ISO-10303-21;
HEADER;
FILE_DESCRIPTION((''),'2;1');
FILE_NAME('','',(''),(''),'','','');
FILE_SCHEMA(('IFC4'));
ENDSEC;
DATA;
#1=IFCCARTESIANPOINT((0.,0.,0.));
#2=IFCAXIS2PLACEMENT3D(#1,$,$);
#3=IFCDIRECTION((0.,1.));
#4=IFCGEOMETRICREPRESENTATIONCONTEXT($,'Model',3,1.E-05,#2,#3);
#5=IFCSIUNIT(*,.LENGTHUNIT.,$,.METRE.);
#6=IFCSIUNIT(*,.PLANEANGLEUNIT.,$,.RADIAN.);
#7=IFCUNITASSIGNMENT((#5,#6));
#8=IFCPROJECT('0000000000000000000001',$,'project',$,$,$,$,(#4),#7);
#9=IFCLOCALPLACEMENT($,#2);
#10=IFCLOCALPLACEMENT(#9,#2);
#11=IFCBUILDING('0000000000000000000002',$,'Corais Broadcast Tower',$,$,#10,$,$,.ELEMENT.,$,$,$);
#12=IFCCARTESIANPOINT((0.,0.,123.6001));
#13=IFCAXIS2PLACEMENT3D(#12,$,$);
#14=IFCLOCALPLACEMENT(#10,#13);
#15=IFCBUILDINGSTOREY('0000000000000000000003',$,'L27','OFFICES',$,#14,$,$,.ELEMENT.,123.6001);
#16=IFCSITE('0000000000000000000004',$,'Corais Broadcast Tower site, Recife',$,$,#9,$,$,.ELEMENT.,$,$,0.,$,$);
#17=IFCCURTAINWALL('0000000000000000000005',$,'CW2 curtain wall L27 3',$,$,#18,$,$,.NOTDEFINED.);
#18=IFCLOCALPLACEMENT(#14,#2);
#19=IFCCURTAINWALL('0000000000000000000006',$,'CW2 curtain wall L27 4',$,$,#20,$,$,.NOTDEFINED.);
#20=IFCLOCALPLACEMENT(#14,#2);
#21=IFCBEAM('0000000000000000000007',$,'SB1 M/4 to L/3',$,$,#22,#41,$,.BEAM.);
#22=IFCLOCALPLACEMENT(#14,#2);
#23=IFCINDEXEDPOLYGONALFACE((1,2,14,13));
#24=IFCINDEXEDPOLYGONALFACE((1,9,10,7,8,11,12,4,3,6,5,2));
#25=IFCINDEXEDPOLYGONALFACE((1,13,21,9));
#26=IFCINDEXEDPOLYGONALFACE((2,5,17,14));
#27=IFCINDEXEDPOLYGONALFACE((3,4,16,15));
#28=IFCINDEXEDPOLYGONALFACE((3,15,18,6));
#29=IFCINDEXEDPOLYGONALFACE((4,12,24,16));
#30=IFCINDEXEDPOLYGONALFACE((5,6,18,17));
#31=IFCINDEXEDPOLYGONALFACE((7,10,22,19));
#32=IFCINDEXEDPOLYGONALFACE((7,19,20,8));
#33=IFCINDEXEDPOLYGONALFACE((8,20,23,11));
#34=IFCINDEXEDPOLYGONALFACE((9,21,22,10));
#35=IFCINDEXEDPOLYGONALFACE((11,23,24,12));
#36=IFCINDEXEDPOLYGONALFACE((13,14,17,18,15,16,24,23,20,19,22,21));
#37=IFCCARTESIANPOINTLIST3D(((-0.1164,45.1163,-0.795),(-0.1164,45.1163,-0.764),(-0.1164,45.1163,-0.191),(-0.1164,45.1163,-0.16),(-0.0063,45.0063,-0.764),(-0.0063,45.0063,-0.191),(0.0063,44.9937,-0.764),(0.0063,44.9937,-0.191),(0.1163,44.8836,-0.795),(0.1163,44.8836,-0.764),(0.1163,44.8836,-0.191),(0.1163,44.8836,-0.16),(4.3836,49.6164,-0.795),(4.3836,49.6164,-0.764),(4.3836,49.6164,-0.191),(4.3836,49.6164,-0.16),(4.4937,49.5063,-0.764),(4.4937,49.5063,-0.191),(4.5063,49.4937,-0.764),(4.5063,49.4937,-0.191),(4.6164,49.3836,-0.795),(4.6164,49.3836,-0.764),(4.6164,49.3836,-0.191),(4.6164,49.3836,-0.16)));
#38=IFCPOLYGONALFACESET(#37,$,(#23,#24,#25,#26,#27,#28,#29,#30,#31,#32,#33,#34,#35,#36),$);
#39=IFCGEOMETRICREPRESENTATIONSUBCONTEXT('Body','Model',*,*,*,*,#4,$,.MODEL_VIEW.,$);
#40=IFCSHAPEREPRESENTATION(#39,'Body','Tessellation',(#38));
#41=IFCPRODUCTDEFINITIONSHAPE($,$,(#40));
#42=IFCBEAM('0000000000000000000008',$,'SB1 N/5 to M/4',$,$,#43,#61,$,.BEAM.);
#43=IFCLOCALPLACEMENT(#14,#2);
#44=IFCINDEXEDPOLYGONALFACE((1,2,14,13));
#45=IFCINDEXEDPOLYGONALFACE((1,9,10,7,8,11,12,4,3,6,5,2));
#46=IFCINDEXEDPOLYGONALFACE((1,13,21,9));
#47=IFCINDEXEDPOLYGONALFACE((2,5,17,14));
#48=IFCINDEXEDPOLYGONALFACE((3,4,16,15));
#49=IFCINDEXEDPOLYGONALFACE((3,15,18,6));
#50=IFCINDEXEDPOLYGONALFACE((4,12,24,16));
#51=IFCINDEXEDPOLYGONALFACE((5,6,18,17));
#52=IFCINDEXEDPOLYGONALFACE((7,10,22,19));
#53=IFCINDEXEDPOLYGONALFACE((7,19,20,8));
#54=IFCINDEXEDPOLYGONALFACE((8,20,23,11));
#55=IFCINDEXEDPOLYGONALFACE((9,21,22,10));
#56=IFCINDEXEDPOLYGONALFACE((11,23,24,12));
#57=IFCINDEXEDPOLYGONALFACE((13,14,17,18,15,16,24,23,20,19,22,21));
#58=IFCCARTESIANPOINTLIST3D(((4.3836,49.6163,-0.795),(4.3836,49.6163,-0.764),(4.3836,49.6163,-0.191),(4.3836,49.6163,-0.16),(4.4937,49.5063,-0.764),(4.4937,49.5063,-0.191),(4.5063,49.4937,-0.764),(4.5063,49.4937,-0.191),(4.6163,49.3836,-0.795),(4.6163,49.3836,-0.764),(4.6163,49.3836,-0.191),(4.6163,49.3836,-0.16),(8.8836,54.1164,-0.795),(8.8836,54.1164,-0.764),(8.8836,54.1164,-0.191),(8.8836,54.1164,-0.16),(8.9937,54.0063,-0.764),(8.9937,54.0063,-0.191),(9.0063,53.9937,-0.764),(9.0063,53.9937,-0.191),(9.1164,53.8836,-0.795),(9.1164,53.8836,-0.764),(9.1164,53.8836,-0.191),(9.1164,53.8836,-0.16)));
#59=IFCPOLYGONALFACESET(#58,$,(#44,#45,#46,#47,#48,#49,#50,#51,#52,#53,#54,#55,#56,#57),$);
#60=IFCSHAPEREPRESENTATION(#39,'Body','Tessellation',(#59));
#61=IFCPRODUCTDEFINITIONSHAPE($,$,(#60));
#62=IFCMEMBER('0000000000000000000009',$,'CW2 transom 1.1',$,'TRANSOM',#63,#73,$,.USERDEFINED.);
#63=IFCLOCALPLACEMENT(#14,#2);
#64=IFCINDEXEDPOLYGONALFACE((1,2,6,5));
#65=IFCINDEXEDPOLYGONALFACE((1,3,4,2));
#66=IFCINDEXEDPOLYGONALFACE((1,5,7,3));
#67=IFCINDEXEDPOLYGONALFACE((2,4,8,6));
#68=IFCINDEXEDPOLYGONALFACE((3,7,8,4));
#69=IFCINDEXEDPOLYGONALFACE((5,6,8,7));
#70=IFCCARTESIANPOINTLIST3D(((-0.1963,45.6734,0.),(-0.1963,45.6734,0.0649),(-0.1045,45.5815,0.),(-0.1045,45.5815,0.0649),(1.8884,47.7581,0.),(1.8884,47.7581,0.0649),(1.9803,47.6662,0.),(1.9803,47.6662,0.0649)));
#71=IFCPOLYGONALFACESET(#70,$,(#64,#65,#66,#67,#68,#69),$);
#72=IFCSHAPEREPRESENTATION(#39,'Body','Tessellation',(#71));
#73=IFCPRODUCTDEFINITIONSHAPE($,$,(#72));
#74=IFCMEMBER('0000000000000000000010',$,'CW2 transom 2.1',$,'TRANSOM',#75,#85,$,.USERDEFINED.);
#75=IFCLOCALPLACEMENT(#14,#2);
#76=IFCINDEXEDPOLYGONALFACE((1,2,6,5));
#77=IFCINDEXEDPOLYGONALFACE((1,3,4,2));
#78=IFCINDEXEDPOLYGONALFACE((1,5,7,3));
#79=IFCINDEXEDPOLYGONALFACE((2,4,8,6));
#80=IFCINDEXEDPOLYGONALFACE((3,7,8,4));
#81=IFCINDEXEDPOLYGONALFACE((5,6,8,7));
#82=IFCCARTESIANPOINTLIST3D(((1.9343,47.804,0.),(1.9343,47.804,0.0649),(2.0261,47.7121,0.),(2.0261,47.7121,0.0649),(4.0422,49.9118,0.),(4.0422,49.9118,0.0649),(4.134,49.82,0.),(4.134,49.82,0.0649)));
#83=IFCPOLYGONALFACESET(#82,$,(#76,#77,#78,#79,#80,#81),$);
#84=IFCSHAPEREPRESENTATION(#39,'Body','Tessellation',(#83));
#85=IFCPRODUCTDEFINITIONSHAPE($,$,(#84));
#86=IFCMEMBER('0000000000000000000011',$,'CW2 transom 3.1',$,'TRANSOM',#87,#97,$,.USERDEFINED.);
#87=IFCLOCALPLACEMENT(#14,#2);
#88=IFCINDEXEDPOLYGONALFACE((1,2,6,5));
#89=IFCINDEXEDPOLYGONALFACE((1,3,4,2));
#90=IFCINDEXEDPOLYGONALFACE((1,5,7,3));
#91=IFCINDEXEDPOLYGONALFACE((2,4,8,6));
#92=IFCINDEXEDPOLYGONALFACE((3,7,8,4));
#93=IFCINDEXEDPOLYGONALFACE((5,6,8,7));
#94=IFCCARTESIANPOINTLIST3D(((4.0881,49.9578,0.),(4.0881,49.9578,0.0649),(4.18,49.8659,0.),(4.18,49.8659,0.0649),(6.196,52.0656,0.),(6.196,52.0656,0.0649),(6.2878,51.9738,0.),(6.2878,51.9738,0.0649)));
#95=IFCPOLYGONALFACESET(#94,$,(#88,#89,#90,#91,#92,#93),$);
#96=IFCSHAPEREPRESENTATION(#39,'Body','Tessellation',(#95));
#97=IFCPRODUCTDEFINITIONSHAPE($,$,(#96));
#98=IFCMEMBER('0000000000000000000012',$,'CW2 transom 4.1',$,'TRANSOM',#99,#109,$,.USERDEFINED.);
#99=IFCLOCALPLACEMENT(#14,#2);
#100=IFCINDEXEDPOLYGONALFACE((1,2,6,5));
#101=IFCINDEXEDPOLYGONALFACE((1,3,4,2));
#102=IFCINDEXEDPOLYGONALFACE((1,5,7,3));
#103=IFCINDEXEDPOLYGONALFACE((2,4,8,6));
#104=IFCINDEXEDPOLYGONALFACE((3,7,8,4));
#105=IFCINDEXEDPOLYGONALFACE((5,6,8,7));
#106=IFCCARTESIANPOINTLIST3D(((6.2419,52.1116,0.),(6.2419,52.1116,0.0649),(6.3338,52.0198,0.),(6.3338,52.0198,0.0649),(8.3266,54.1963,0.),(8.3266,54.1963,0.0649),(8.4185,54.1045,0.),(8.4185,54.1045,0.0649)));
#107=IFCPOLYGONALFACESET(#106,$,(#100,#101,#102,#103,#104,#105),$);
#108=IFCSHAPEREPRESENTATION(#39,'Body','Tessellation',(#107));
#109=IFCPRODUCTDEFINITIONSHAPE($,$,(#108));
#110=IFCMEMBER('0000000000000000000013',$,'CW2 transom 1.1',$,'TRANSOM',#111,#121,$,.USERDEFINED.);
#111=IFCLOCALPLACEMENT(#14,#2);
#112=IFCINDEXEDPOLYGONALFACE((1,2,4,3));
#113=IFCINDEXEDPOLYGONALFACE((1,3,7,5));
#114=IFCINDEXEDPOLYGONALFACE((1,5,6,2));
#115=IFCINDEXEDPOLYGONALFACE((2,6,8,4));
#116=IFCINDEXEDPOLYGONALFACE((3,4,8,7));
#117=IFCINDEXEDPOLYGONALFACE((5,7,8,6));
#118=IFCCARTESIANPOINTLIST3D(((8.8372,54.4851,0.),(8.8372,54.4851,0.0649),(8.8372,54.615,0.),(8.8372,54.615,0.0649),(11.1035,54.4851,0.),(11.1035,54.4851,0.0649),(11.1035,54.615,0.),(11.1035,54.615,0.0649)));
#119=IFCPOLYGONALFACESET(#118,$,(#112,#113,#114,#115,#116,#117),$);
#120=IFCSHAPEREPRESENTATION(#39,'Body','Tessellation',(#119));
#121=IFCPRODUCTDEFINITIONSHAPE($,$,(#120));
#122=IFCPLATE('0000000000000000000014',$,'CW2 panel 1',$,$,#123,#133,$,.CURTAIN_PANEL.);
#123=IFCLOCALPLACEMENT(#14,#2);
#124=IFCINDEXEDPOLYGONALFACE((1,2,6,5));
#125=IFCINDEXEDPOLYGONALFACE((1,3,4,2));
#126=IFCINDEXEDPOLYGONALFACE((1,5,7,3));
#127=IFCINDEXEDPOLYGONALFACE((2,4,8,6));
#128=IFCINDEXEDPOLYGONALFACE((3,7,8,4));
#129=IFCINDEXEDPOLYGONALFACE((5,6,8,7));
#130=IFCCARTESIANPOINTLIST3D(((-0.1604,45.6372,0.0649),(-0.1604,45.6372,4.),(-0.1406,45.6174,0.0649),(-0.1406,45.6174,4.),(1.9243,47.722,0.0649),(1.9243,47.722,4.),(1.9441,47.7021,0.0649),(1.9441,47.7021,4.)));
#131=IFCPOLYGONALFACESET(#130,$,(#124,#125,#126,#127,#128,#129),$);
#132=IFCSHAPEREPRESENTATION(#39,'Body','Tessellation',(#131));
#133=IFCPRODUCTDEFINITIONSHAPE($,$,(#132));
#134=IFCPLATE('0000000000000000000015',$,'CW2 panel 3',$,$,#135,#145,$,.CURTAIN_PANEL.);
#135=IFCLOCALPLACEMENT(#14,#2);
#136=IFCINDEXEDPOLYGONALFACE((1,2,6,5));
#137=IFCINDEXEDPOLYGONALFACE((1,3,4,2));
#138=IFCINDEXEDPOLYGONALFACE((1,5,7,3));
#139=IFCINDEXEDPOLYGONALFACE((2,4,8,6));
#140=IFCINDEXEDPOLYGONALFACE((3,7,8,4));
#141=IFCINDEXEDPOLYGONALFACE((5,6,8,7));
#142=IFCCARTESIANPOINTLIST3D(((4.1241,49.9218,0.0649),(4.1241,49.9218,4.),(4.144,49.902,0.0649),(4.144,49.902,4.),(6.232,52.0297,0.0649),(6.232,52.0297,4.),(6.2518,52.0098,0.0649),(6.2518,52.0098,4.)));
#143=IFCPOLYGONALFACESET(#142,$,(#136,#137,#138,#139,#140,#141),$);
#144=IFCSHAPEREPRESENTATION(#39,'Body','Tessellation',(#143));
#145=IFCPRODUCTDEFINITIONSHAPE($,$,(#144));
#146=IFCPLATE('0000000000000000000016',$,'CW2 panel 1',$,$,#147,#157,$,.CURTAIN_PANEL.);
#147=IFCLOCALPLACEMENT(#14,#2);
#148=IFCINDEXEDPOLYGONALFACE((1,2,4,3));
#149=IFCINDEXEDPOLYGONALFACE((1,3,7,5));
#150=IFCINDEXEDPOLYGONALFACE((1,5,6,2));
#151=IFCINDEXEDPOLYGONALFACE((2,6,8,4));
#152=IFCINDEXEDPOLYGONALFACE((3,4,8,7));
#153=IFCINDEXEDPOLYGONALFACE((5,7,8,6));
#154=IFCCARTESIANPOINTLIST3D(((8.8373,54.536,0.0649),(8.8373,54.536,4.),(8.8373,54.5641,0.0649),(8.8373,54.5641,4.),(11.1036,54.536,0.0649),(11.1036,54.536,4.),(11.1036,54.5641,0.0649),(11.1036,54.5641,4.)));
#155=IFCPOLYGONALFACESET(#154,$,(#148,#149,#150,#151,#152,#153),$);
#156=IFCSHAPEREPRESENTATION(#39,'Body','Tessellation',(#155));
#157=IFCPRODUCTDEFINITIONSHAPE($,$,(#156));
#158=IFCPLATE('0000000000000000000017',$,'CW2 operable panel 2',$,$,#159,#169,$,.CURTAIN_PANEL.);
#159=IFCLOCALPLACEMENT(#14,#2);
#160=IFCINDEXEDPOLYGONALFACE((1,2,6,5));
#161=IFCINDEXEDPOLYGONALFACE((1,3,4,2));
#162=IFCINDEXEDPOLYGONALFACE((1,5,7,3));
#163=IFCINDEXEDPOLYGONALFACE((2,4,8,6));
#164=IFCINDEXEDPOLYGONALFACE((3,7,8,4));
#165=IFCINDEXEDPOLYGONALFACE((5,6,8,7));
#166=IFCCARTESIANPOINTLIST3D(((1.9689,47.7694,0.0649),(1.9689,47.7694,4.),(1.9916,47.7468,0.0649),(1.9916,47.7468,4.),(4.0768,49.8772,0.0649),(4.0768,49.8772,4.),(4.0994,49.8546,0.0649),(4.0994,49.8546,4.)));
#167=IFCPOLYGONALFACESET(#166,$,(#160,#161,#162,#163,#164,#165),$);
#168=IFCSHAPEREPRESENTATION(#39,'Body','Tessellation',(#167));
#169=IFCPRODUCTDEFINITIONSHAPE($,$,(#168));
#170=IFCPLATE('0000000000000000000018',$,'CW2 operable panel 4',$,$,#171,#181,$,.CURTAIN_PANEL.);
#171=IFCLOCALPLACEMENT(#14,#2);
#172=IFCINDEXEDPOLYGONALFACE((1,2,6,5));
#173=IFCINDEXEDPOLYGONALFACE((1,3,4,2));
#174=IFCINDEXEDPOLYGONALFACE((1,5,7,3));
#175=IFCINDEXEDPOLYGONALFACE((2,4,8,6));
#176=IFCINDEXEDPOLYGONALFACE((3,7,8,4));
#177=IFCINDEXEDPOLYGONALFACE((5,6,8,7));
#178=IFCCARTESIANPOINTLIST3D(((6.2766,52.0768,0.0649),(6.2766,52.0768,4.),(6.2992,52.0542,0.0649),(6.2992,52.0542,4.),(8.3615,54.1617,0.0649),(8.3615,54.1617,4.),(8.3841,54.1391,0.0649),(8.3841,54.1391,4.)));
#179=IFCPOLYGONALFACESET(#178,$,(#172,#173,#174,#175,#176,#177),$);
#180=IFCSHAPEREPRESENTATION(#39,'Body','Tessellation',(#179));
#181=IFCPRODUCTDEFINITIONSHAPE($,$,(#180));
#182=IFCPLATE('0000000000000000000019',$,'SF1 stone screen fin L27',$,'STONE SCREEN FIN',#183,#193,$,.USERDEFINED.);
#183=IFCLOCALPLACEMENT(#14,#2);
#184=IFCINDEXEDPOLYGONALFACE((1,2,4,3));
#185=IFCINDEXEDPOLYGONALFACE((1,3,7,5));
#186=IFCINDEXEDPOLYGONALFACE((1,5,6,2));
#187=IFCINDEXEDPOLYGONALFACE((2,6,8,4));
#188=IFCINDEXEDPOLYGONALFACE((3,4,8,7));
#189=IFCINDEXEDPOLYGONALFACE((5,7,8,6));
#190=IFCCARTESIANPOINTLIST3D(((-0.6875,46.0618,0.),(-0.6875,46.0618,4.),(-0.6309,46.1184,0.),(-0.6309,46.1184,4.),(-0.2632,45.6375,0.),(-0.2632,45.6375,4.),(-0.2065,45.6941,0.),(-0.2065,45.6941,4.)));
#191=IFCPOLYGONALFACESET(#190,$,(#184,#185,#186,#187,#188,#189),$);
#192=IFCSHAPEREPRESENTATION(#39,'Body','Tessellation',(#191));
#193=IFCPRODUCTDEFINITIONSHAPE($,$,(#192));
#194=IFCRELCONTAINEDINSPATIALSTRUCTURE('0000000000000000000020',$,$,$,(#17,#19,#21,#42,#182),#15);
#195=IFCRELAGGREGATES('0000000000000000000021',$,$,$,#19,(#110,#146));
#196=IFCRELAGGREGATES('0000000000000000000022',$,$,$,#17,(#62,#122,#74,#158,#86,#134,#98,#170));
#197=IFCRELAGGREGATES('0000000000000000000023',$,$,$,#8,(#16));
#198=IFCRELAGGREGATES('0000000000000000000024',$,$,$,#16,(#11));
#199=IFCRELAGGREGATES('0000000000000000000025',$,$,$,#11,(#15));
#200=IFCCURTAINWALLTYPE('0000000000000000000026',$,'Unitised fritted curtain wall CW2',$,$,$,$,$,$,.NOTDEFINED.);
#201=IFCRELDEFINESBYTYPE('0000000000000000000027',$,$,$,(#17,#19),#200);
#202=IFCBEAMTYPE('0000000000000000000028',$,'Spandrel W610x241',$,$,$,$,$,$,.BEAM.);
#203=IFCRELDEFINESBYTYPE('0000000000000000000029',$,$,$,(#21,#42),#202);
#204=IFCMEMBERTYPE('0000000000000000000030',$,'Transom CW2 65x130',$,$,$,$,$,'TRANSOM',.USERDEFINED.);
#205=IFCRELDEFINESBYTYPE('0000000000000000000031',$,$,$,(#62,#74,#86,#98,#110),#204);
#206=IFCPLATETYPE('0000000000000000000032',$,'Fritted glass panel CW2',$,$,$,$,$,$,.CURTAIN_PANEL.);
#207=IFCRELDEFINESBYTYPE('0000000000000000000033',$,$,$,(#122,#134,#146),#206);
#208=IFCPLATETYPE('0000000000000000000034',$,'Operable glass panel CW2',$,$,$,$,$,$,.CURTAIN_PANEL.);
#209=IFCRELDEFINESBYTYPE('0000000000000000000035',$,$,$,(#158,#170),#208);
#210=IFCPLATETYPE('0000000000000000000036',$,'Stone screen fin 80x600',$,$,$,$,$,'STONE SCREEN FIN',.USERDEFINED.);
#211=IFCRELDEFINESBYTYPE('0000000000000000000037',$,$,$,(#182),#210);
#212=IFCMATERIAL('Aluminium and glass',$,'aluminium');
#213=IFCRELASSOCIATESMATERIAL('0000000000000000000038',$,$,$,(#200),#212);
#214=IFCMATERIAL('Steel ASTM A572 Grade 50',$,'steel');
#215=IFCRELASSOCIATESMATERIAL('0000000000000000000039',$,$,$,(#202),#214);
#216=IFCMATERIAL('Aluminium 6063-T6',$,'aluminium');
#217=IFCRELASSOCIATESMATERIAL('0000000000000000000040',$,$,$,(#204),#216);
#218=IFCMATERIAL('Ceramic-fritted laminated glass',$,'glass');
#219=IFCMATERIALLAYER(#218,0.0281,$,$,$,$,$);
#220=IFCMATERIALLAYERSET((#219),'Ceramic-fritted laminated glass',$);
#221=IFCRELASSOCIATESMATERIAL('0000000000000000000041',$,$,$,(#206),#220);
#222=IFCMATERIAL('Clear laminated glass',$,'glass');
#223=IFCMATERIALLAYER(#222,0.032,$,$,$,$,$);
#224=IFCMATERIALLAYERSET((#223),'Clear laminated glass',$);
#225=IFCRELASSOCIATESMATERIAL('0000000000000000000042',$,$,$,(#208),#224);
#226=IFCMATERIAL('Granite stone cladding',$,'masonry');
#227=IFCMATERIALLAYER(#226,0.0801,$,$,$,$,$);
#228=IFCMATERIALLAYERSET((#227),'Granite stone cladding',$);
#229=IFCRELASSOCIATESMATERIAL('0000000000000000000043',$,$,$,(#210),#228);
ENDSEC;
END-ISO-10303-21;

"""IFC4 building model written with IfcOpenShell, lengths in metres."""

from ifc_helpers import new_model, si_unit, direction, frame, origin, origin_2d, place, context, subcontext, project, spatial, rectangle, i_section, extrude, material, layer, layer_set, material_profile, profile_set, type_object, element, aggregate, save


model = new_model("IFC4")

# Units and contexts
model_context = context("Model", 3, precision=1e-05, world=origin(), true_north=direction((0.0, 1.0)))
body_context = subcontext(model_context, "Body", "Model", "MODEL_VIEW")
ifc_project = project(units=[si_unit("LENGTHUNIT", "METRE"), si_unit("PLANEANGLEUNIT", "RADIAN")], contexts=[model_context])

# Site, building, storey
site_placement = place(None, origin())
site = spatial("IfcSite", under=ifc_project, at=site_placement, Name="Corais Broadcast Tower site, Recife", CompositionType="ELEMENT", RefElevation=0.0)
building_placement = place(site_placement, origin())
building = spatial("IfcBuilding", under=site, at=building_placement, Name="Corais Broadcast Tower", CompositionType="ELEMENT")
storey_placement = place(building_placement, frame((0.0, 0.0, 123.6001)))
storey = spatial("IfcBuildingStorey", under=building, at=storey_placement, Name="L27", Description="OFFICES", CompositionType="ELEMENT", Elevation=123.6001)

# Shared definitions
ifc_material_1 = material(Name="Aluminium and glass", Category="aluminium")
curtain_wall_type = type_object("IfcCurtainWallType", Name="Unitised fritted curtain wall CW2", PredefinedType="NOTDEFINED", material=ifc_material_1)

# Curtain walls
curtain_wall_1_placement = place(storey_placement, origin())
curtain_wall_1 = element("IfcCurtainWall", 1, at=curtain_wall_1_placement, inside=storey, type_object=curtain_wall_type, Name="CW2 curtain wall L27 3", PredefinedType="NOTDEFINED")
curtain_wall_2_placement = place(storey_placement, origin())
curtain_wall_2 = element("IfcCurtainWall", 2, at=curtain_wall_2_placement, inside=storey, type_object=curtain_wall_type, Name="CW2 curtain wall L27 4", PredefinedType="NOTDEFINED")

# Beams
ifc_material_2 = material(Name="Steel ASTM A572 Grade 50", Category="steel")
ifc_material_profile_1 = material_profile(ifc_material_2, i_section(OverallWidth=0.3291, OverallDepth=0.635, WebThickness=0.0178, FlangeThickness=0.031, at=origin_2d()), Name="W610x241")
ifc_profile_set_1 = profile_set([ifc_material_profile_1], Name="Steel ASTM A572 Grade 50")
beam_type_1 = type_object("IfcBeamType", Name="Spandrel W610x241", PredefinedType="BEAM", material=ifc_profile_set_1)
for number, where, z_axis, x_axis, name in (
    (3, (4.5, 49.5, -0.4775), (-0.707107, -0.707107, 0.0), (0.707107, -0.707107, 0.0), "SB1 M/4 to L/3"),
    (4, (9.0, 54.0, -0.4775), (-0.707107, -0.707107, 0.0), (0.707107, -0.707107, 0.0), "SB1 N/5 to M/4"),
):
    element("IfcBeam", number, at=place(storey_placement, frame(where, z_axis=z_axis, x_axis=x_axis)), inside=storey, type_object=beam_type_1, Name=name, PredefinedType="BEAM", context=body_context, shape_type="SweptSolid", body=[
        extrude(i_section(OverallWidth=0.3291, OverallDepth=0.635, WebThickness=0.0178, FlangeThickness=0.031, at=origin_2d()), origin(), (0.0, 0.0, 1.0), 6.364),
    ])

# Members
ifc_material_3 = material(Name="Aluminium 6063-T6", Category="aluminium")
ifc_material_profile_2 = material_profile(ifc_material_3, rectangle(XDim=0.1299, YDim=0.0649, at=origin_2d()), Name="Transom CW2 65x130")
ifc_profile_set_2 = profile_set([ifc_material_profile_2], Name="Aluminium 6063-T6")
member_type_1 = type_object("IfcMemberType", Name="Transom CW2 65x130", ElementType="TRANSOM", PredefinedType="USERDEFINED", material=ifc_profile_set_2)
member_1_placement = place(storey_placement, frame((-0.1504, 45.6274, 0.0325), z_axis=(0.707107, 0.707107, 0.0), x_axis=(-0.707107, 0.707107, 0.0)))
member_1 = element("IfcMember", 5, at=member_1_placement, type_object=member_type_1, Name="CW2 transom 1.1", ObjectType="TRANSOM", PredefinedType="USERDEFINED", context=body_context, shape_type="SweptSolid", body=[
    extrude(rectangle(XDim=0.1299, YDim=0.0649, at=origin_2d()), origin(), (0.0, 0.0, 1.0), 2.9482),
])
member_2_placement = place(storey_placement, frame((1.9802, 47.7581, 0.0325), z_axis=(0.707107, 0.707107, 0.0), x_axis=(-0.707107, 0.707107, 0.0)))
member_2 = element("IfcMember", 6, at=member_2_placement, type_object=member_type_1, Name="CW2 transom 2.1", ObjectType="TRANSOM", PredefinedType="USERDEFINED", context=body_context, shape_type="SweptSolid", body=[
    extrude(rectangle(XDim=0.1299, YDim=0.0649, at=origin_2d()), origin(), (0.0, 0.0, 1.0), 2.981),
])
member_3_placement = place(storey_placement, frame((4.134, 49.9119, 0.0325), z_axis=(0.707107, 0.707107, 0.0), x_axis=(-0.707107, 0.707107, 0.0)))
member_3 = element("IfcMember", 7, at=member_3_placement, type_object=member_type_1, Name="CW2 transom 3.1", ObjectType="TRANSOM", PredefinedType="USERDEFINED", context=body_context, shape_type="SweptSolid", body=[
    extrude(rectangle(XDim=0.1299, YDim=0.0649, at=origin_2d()), origin(), (0.0, 0.0, 1.0), 2.981),
])
member_4_placement = place(storey_placement, frame((6.2878, 52.0657, 0.0325), z_axis=(0.707107, 0.707107, 0.0), x_axis=(-0.707107, 0.707107, 0.0)))
member_4 = element("IfcMember", 8, at=member_4_placement, type_object=member_type_1, Name="CW2 transom 4.1", ObjectType="TRANSOM", PredefinedType="USERDEFINED", context=body_context, shape_type="SweptSolid", body=[
    extrude(rectangle(XDim=0.1299, YDim=0.0649, at=origin_2d()), origin(), (0.0, 0.0, 1.0), 2.9482),
])
member_5_placement = place(storey_placement, frame((8.8372, 54.55, 0.0325), z_axis=(1.0, 0.0, 0.0), x_axis=(0.0, 1.0, 0.0)))
member_5 = element("IfcMember", 9, at=member_5_placement, type_object=member_type_1, Name="CW2 transom 1.1", ObjectType="TRANSOM", PredefinedType="USERDEFINED", context=body_context, shape_type="SweptSolid", body=[
    extrude(rectangle(XDim=0.1299, YDim=0.0649, at=origin_2d()), origin(), (0.0, 0.0, 1.0), 2.2664),
])

# Plates
ifc_material_4 = material(Name="Ceramic-fritted laminated glass", Category="glass")
ifc_layer_1 = layer(ifc_material_4, 0.0281)
ifc_layer_set_1 = layer_set([ifc_layer_1], Name="Ceramic-fritted laminated glass")
plate_type_1 = type_object("IfcPlateType", Name="Fritted glass panel CW2", PredefinedType="CURTAIN_PANEL", material=ifc_layer_set_1)
plate_1_placement = place(storey_placement, frame((0.8918, 46.6697, 0.0649), z_axis=(0.0, 0.0, 1.0), x_axis=(0.707107, 0.707107, 0.0)))
plate_1 = element("IfcPlate", 10, at=plate_1_placement, type_object=plate_type_1, Name="CW2 panel 1", PredefinedType="CURTAIN_PANEL", context=body_context, shape_type="SweptSolid", body=[
    extrude(rectangle(XDim=2.9482, YDim=0.0281, at=origin_2d()), origin(), (0.0, 0.0, 1.0), 3.9351),
])
plate_2_placement = place(storey_placement, frame((5.188, 50.9658, 0.0649), z_axis=(0.0, 0.0, 1.0), x_axis=(0.707107, 0.707107, 0.0)))
plate_2 = element("IfcPlate", 11, at=plate_2_placement, type_object=plate_type_1, Name="CW2 panel 3", PredefinedType="CURTAIN_PANEL", context=body_context, shape_type="SweptSolid", body=[
    extrude(rectangle(XDim=2.981, YDim=0.0281, at=origin_2d()), origin(), (0.0, 0.0, 1.0), 3.9351),
])
plate_3_placement = place(storey_placement, frame((9.9705, 54.55, 0.0649), z_axis=(0.0, 0.0, 1.0), x_axis=(1.0, 0.0, 0.0)))
plate_3 = element("IfcPlate", 12, at=plate_3_placement, type_object=plate_type_1, Name="CW2 panel 1", PredefinedType="CURTAIN_PANEL", context=body_context, shape_type="SweptSolid", body=[
    extrude(rectangle(XDim=2.2664, YDim=0.0281, at=origin_2d()), origin(), (0.0, 0.0, 1.0), 3.9351),
])
aggregate(curtain_wall_2, [member_5, plate_3])
ifc_material_5 = material(Name="Clear laminated glass", Category="glass")
ifc_layer_2 = layer(ifc_material_5, 0.032)
ifc_layer_set_2 = layer_set([ifc_layer_2], Name="Clear laminated glass")
plate_type_2 = type_object("IfcPlateType", Name="Operable glass panel CW2", PredefinedType="CURTAIN_PANEL", material=ifc_layer_set_2)
plate_4_placement = place(storey_placement, frame((3.0342, 48.812, 0.0649), z_axis=(0.0, 0.0, 1.0), x_axis=(0.707107, 0.707107, 0.0)))
plate_4 = element("IfcPlate", 13, at=plate_4_placement, type_object=plate_type_2, Name="CW2 operable panel 2", PredefinedType="CURTAIN_PANEL", context=body_context, shape_type="SweptSolid", body=[
    extrude(rectangle(XDim=2.981, YDim=0.032, at=origin_2d()), origin(), (0.0, 0.0, 1.0), 3.9351),
])
plate_5_placement = place(storey_placement, frame((7.3303, 53.1079, 0.0649), z_axis=(0.0, 0.0, 1.0), x_axis=(0.707107, 0.707107, 0.0)))
plate_5 = element("IfcPlate", 14, at=plate_5_placement, type_object=plate_type_2, Name="CW2 operable panel 4", PredefinedType="CURTAIN_PANEL", context=body_context, shape_type="SweptSolid", body=[
    extrude(rectangle(XDim=2.9485, YDim=0.032, at=origin_2d()), origin(), (0.0, 0.0, 1.0), 3.9351),
])
aggregate(curtain_wall_1, [member_1, plate_1, member_2, plate_4, member_3, plate_2, member_4, plate_5])

# Plate
ifc_material_6 = material(Name="Granite stone cladding", Category="masonry")
ifc_layer_3 = layer(ifc_material_6, 0.0801)
ifc_layer_set_3 = layer_set([ifc_layer_3], Name="Granite stone cladding")
plate_type_3 = type_object("IfcPlateType", Name="Stone screen fin 80x600", ElementType="STONE SCREEN FIN", PredefinedType="USERDEFINED", material=ifc_layer_set_3)
for number, where, z_axis, x_axis, name in (
    (15, (-0.447, 45.8779, 0.0), (0.0, 0.0, 1.0), (0.707107, 0.707107, 0.0), "SF1 stone screen fin L27"),
):
    element("IfcPlate", number, at=place(storey_placement, frame(where, z_axis=z_axis, x_axis=x_axis)), inside=storey, type_object=plate_type_3, Name=name, ObjectType="STONE SCREEN FIN", PredefinedType="USERDEFINED", context=body_context, shape_type="SweptSolid", body=[
        extrude(rectangle(XDim=0.0801, YDim=0.6001, at=origin_2d()), origin(), (0.0, 0.0, 1.0), 4.0),
    ])

save(model, "model.ifc")
